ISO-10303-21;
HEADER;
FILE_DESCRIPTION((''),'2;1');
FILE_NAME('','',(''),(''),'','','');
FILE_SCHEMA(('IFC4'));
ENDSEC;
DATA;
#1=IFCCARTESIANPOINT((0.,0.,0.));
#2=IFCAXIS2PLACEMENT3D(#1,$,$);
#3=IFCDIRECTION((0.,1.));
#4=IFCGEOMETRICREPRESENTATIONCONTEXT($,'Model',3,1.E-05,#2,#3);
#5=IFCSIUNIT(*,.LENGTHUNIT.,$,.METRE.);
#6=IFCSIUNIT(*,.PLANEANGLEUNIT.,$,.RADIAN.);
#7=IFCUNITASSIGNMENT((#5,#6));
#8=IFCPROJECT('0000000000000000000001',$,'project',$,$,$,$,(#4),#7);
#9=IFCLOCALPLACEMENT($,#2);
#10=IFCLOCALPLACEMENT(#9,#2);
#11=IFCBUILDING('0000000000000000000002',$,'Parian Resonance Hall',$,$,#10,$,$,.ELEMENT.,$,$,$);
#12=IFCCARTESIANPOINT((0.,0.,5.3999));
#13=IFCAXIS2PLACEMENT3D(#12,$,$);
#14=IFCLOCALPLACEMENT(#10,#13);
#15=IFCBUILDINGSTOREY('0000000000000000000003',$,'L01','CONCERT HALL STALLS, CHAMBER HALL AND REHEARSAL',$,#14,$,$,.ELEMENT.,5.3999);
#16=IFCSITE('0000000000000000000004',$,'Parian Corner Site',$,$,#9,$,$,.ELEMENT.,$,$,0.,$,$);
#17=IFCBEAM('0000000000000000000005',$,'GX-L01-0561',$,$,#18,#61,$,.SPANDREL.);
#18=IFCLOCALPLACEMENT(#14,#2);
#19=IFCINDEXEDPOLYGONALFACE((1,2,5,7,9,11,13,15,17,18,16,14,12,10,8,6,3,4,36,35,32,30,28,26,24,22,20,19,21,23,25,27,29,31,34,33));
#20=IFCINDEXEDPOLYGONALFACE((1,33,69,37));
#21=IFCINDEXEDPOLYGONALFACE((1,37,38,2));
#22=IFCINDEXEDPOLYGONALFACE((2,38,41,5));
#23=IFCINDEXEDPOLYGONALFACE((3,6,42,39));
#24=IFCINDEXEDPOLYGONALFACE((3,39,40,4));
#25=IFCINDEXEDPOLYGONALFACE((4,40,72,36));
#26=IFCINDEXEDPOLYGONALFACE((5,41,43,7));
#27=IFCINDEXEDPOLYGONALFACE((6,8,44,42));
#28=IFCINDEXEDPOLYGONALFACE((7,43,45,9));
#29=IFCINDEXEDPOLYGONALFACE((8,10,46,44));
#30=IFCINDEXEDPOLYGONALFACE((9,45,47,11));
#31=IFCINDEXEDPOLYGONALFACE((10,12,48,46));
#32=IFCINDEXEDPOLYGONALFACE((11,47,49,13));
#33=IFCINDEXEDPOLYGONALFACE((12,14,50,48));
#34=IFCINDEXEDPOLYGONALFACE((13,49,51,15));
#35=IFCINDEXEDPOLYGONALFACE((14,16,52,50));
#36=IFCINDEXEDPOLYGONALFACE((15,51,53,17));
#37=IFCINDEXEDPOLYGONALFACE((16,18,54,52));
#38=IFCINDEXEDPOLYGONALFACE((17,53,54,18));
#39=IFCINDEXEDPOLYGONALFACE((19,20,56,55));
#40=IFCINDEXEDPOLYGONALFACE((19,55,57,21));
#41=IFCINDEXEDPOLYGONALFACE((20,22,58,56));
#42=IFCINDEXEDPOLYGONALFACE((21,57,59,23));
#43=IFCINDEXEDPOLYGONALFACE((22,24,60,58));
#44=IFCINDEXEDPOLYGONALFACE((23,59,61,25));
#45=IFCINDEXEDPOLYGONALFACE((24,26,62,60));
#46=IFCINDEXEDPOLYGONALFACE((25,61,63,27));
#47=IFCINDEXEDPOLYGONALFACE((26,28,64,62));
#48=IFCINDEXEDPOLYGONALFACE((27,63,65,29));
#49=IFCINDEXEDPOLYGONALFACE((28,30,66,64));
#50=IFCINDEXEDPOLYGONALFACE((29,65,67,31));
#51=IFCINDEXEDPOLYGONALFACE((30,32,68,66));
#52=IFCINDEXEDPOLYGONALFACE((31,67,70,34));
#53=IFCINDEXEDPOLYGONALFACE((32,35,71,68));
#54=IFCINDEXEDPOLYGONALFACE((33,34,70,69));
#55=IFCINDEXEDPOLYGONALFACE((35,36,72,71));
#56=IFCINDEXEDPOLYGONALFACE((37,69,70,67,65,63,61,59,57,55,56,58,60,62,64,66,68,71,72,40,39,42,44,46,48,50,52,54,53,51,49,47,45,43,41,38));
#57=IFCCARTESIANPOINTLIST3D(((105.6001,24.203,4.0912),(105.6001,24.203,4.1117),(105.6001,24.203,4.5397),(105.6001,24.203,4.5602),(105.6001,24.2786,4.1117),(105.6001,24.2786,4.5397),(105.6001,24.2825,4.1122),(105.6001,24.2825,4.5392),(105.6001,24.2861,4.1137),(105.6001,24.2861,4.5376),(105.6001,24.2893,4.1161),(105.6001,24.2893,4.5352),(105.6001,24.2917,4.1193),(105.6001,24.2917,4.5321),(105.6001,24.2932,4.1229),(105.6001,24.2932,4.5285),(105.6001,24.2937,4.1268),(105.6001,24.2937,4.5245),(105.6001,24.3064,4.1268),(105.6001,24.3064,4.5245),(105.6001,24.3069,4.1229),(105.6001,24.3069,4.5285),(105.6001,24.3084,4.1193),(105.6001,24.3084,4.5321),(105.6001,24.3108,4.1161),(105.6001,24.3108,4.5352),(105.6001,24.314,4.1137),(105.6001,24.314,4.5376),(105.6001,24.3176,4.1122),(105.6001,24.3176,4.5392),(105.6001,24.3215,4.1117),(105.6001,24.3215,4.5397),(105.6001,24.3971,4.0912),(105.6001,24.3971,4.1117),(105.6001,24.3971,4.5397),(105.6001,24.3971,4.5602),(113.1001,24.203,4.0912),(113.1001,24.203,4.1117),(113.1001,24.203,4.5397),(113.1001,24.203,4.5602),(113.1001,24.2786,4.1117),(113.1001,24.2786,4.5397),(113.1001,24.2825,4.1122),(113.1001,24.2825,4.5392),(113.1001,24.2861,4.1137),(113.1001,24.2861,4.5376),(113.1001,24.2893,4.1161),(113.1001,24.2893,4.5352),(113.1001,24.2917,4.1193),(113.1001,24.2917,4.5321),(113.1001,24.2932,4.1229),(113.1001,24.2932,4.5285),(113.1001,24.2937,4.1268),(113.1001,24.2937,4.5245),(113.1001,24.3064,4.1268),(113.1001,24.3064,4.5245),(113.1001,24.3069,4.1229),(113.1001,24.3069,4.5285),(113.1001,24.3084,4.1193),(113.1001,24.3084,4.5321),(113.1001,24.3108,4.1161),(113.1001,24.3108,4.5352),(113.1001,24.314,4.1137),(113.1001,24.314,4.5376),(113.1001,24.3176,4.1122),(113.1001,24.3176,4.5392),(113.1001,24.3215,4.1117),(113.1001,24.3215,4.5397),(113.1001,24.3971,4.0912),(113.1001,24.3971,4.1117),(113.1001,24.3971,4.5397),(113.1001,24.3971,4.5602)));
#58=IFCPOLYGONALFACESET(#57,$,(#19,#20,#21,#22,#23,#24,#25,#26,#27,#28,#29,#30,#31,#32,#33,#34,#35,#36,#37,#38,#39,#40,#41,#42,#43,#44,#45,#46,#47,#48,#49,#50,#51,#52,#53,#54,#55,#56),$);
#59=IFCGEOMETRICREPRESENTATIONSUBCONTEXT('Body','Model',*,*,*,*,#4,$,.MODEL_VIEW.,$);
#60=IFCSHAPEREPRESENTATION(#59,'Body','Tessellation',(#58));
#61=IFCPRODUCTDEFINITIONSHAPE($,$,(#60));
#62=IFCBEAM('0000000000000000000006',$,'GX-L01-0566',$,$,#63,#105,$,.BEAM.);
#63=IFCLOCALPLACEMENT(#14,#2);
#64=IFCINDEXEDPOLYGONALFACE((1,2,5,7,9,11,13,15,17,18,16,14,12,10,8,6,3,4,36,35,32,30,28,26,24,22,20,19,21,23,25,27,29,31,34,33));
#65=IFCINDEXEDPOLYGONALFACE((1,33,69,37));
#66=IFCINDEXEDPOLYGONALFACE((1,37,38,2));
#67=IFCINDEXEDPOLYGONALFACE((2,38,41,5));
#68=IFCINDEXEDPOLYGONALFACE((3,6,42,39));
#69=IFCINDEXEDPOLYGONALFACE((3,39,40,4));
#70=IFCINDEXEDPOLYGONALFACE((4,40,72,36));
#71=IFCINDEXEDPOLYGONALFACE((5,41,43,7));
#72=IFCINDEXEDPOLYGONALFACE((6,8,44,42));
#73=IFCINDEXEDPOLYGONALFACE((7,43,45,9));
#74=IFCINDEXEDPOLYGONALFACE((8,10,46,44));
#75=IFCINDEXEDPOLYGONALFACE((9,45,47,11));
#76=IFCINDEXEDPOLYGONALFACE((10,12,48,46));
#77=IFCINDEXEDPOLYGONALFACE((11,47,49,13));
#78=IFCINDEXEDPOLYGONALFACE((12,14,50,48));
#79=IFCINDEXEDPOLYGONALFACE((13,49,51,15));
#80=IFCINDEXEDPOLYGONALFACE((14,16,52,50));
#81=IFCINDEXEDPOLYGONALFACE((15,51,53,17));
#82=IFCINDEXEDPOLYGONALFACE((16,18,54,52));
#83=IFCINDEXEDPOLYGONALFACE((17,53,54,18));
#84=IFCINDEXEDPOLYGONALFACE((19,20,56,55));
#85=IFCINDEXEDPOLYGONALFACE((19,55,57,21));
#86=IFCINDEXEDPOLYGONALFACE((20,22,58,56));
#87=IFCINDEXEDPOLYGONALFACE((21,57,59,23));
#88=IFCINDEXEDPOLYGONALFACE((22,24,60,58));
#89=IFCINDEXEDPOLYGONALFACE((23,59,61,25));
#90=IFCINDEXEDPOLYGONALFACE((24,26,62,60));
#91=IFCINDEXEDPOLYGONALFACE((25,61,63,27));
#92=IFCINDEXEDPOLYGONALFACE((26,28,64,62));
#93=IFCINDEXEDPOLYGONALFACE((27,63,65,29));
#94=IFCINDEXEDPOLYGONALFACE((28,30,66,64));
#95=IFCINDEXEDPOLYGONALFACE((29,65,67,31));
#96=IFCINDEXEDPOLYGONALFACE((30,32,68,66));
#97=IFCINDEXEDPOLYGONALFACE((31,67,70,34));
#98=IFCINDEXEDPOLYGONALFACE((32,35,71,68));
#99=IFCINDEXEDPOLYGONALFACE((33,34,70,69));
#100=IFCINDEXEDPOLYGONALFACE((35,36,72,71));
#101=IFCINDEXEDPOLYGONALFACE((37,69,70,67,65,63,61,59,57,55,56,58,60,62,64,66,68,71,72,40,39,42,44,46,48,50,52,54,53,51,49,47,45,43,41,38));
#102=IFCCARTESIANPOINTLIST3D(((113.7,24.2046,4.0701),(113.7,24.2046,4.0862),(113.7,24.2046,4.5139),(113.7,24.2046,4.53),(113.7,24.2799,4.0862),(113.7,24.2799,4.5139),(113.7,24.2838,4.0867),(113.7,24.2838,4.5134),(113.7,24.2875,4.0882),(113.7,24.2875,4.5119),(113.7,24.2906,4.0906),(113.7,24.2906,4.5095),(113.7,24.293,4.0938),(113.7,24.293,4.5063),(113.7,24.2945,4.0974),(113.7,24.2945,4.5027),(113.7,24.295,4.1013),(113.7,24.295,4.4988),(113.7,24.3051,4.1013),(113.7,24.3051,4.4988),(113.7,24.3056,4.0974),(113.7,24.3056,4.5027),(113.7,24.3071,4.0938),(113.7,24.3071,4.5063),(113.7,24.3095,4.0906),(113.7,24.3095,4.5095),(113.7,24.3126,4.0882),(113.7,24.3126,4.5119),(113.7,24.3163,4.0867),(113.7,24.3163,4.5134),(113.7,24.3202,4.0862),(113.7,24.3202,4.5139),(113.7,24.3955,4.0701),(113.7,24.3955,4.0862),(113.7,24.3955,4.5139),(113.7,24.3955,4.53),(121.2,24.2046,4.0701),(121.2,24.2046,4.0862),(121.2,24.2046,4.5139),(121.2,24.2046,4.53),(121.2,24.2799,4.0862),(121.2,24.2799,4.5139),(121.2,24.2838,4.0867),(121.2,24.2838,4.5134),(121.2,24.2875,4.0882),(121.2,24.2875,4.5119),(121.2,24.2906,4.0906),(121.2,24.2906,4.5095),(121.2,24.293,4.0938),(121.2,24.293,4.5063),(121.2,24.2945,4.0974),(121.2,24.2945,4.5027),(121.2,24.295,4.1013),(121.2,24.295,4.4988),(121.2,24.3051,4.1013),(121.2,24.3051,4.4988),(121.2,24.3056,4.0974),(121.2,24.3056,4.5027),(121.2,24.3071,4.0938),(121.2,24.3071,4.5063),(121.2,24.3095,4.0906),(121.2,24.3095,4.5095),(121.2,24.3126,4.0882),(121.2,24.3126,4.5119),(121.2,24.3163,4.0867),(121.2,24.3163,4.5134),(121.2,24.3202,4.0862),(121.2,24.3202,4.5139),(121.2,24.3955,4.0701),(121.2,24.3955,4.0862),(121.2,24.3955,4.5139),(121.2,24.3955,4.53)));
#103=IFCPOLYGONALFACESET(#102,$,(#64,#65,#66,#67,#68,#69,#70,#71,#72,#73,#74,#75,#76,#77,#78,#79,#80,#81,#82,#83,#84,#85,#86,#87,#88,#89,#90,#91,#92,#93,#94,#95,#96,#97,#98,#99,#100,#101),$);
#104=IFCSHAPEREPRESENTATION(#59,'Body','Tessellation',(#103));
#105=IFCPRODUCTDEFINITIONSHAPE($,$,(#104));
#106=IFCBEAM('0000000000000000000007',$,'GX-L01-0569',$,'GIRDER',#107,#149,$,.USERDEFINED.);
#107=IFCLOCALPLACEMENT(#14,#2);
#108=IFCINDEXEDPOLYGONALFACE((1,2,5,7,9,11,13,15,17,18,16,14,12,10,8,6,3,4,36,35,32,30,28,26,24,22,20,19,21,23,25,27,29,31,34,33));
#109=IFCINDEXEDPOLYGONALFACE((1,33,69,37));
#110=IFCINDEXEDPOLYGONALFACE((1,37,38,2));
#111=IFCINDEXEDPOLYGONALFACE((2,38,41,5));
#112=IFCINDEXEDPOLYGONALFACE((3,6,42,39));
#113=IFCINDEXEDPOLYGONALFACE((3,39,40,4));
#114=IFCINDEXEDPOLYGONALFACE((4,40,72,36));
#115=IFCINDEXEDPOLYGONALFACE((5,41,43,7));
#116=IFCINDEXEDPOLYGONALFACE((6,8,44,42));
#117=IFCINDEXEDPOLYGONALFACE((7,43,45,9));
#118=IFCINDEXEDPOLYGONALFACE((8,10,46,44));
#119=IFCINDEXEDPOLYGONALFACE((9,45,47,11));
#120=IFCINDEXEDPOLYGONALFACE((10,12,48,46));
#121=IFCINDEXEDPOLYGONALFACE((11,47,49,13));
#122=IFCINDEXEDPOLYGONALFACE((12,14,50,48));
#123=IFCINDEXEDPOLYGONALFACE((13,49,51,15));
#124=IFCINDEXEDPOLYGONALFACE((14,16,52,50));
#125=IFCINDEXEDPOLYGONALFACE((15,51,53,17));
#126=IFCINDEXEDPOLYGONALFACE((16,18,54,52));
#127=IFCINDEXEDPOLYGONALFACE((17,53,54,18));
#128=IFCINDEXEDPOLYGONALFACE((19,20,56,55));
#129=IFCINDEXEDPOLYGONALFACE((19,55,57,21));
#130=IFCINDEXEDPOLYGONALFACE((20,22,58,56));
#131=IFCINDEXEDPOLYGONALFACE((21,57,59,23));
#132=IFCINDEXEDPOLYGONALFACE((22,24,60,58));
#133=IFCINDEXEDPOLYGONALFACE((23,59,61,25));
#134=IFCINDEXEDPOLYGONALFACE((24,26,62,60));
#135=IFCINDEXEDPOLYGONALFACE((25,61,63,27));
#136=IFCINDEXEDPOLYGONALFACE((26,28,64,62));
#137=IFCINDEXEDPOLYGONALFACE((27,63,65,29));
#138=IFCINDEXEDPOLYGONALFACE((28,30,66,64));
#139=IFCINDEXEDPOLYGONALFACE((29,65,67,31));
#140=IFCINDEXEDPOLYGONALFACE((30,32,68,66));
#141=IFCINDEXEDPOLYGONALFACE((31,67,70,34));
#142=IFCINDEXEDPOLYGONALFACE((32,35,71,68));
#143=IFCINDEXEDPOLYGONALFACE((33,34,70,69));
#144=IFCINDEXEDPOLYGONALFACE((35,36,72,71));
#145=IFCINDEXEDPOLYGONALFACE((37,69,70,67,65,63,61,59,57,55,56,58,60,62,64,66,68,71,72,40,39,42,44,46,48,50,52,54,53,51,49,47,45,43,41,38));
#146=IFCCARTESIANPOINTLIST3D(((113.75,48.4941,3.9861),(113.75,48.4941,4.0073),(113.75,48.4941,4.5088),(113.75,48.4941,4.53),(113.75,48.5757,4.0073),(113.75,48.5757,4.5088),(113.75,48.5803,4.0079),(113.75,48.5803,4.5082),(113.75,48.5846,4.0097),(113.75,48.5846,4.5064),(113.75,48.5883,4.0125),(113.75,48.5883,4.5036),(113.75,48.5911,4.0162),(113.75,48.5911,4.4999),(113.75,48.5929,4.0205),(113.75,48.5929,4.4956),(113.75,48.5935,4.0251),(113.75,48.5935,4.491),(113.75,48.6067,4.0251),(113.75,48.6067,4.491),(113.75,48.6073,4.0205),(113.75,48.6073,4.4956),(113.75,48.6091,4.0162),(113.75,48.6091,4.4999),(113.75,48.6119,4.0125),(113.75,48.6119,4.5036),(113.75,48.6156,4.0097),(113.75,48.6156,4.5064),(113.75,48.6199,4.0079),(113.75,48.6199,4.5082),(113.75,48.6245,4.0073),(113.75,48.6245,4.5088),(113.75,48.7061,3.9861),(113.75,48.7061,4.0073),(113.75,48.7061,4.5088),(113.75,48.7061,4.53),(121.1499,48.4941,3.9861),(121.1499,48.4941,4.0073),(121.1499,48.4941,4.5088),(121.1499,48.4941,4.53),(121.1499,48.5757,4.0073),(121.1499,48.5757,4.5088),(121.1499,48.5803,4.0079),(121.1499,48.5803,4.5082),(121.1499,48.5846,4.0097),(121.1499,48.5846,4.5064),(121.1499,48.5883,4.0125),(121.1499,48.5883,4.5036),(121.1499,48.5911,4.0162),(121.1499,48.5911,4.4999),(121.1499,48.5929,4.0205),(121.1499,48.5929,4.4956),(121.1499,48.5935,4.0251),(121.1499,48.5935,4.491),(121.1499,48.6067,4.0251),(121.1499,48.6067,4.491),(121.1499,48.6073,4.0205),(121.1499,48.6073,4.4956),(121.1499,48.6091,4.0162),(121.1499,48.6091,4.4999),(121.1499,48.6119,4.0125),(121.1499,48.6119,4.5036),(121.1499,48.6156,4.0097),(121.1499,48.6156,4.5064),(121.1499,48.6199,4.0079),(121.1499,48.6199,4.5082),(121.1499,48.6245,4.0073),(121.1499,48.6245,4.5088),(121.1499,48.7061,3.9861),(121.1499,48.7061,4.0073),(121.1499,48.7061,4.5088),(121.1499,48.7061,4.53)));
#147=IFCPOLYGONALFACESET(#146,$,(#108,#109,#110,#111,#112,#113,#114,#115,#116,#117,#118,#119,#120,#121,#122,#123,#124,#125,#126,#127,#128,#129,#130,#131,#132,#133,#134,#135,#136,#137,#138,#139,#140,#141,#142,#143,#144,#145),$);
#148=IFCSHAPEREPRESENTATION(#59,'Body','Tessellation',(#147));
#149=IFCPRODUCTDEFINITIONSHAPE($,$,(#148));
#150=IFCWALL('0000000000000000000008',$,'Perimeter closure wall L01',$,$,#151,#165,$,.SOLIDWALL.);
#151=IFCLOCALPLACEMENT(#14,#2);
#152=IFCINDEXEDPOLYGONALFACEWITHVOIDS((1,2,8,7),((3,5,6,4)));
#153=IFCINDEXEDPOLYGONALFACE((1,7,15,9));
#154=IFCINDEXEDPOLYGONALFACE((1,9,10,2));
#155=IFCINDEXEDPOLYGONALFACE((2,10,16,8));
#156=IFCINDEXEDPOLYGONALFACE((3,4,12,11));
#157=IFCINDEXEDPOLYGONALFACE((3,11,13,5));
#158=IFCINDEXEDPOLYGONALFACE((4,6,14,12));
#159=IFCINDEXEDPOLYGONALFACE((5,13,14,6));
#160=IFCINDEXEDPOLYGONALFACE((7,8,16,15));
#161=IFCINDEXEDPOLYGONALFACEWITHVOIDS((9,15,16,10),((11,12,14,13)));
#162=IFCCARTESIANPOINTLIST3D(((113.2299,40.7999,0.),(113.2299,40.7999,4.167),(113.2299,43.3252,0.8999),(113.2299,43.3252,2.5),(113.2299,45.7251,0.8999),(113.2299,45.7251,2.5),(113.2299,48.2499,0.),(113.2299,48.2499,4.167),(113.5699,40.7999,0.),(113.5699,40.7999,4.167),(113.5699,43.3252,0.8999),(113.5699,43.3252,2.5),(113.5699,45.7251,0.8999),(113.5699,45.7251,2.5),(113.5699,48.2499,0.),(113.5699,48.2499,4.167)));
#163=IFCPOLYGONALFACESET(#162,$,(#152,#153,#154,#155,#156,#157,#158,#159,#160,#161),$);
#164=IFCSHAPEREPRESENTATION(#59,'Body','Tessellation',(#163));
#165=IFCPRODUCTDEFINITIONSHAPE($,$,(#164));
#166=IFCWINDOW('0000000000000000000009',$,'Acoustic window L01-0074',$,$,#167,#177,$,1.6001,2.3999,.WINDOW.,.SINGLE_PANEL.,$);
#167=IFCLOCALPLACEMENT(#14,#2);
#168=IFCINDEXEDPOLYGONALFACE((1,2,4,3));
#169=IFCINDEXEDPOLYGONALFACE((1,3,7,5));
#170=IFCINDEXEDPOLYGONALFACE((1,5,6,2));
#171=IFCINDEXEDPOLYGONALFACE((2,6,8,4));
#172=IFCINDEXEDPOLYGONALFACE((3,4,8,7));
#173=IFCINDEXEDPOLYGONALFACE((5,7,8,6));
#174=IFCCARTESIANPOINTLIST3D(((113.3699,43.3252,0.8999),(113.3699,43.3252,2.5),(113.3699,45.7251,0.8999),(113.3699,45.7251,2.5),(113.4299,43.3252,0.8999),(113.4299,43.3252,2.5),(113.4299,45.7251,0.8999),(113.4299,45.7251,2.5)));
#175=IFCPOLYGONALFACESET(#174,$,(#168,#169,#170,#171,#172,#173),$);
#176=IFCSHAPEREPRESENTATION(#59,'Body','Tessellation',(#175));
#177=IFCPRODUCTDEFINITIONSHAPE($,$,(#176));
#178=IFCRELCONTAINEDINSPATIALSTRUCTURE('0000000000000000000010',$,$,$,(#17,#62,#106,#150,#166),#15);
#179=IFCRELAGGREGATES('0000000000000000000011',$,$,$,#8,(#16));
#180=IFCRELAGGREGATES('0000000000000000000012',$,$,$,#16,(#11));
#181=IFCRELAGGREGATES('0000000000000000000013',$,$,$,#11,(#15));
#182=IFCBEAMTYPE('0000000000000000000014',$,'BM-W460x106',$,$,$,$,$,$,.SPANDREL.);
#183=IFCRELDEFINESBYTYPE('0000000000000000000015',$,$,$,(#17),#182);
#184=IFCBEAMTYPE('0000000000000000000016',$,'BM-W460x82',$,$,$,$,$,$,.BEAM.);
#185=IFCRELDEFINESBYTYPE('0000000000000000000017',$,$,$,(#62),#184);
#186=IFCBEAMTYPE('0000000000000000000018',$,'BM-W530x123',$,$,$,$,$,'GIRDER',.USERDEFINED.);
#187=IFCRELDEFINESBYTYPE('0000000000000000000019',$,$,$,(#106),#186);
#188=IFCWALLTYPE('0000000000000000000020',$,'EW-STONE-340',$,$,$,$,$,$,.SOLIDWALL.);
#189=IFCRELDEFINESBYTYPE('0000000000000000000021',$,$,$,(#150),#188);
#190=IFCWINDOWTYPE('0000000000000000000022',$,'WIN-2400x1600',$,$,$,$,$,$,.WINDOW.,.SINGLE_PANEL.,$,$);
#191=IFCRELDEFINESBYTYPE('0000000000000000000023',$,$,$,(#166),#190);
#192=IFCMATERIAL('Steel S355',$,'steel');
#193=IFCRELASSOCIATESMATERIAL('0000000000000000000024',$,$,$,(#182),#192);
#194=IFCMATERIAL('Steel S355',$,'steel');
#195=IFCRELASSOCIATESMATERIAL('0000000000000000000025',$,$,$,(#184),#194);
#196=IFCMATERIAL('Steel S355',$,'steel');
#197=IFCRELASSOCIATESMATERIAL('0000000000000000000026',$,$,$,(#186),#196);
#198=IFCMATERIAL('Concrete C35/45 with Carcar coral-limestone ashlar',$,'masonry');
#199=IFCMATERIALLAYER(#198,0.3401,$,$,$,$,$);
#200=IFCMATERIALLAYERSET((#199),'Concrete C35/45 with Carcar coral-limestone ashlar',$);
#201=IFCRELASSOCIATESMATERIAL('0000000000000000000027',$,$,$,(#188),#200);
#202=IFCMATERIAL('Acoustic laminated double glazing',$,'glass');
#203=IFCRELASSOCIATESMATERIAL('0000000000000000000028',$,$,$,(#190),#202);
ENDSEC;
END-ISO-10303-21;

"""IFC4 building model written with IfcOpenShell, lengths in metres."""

from ifc_helpers import new_model, si_unit, direction, frame, frame_2d, origin, origin_2d, place, context, subcontext, project, spatial, rectangle, i_section, extrude, material, layer, layer_set, material_profile, profile_set, type_object, element, fill, save


model = new_model("IFC4")

# Units and contexts
model_context = context("Model", 3, precision=1e-05, world=origin(), true_north=direction((0.0, 1.0)))
body_context = subcontext(model_context, "Body", "Model", "MODEL_VIEW")
ifc_project = project(units=[si_unit("LENGTHUNIT", "METRE"), si_unit("PLANEANGLEUNIT", "RADIAN")], contexts=[model_context])

# Site, building, storey
site_placement = place(None, origin())
site = spatial("IfcSite", under=ifc_project, at=site_placement, Name="Parian Corner Site", CompositionType="ELEMENT", RefElevation=0.0)
building_placement = place(site_placement, origin())
building = spatial("IfcBuilding", under=site, at=building_placement, Name="Parian Resonance Hall", CompositionType="ELEMENT")
storey_placement = place(building_placement, frame((0.0, 0.0, 5.3999)))
storey = spatial("IfcBuildingStorey", under=building, at=storey_placement, Name="L01", Description="CONCERT HALL STALLS, CHAMBER HALL AND REHEARSAL", CompositionType="ELEMENT", Elevation=5.3999)

# Beams
ifc_material_1 = material(Name="Steel S355", Category="steel")
ifc_material_profile_1 = material_profile(ifc_material_1, i_section(OverallWidth=0.1941, OverallDepth=0.469, WebThickness=0.0127, FlangeThickness=0.0205, FilletRadius=0.0151, at=origin_2d()), Name="W460x106")
ifc_profile_set_1 = profile_set([ifc_material_profile_1], Name="Steel S355")
beam_type_1 = type_object("IfcBeamType", Name="BM-W460x106", PredefinedType="SPANDREL", material=ifc_profile_set_1)
beam_1_placement = place(storey_placement, frame((105.6001, 24.3, 4.3257), z_axis=(1.0, 0.0, 0.0), x_axis=(0.0, 1.0, 0.0)))
element("IfcBeam", 1, at=beam_1_placement, inside=storey, type_object=beam_type_1, Name="GX-L01-0561", PredefinedType="SPANDREL", context=body_context, shape_type="SweptSolid", body=[
    extrude(i_section(OverallWidth=0.1941, OverallDepth=0.469, WebThickness=0.0127, FlangeThickness=0.0205, FilletRadius=0.0151, at=origin_2d()), origin(), (0.0, 0.0, 1.0), 7.5),
])
ifc_material_2 = material(Name="Steel S355", Category="steel")
ifc_material_profile_2 = material_profile(ifc_material_2, i_section(OverallWidth=0.1909, OverallDepth=0.46, WebThickness=0.01, FlangeThickness=0.0161, FilletRadius=0.0151, at=origin_2d()), Name="W460x82")
ifc_profile_set_2 = profile_set([ifc_material_profile_2], Name="Steel S355")
beam_type_2 = type_object("IfcBeamType", Name="BM-W460x82", PredefinedType="BEAM", material=ifc_profile_set_2)
beam_2_placement = place(storey_placement, frame((113.7, 24.3, 4.3), z_axis=(1.0, 0.0, 0.0), x_axis=(0.0, 1.0, 0.0)))
element("IfcBeam", 2, at=beam_2_placement, inside=storey, type_object=beam_type_2, Name="GX-L01-0566", PredefinedType="BEAM", context=body_context, shape_type="SweptSolid", body=[
    extrude(i_section(OverallWidth=0.1909, OverallDepth=0.46, WebThickness=0.01, FlangeThickness=0.0161, FilletRadius=0.0151, at=origin_2d()), origin(), (0.0, 0.0, 1.0), 7.5),
])
ifc_material_3 = material(Name="Steel S355", Category="steel")
ifc_material_profile_3 = material_profile(ifc_material_3, i_section(OverallWidth=0.2119, OverallDepth=0.5439, WebThickness=0.0132, FlangeThickness=0.0212, FilletRadius=0.0178, at=origin_2d()), Name="W530x123")
ifc_profile_set_3 = profile_set([ifc_material_profile_3], Name="Steel S355")
beam_type_3 = type_object("IfcBeamType", Name="BM-W530x123", ElementType="GIRDER", PredefinedType="USERDEFINED", material=ifc_profile_set_3)
beam_3_placement = place(storey_placement, frame((113.75, 48.6001, 4.2581), z_axis=(1.0, 0.0, 0.0), x_axis=(0.0, 1.0, 0.0)))
element("IfcBeam", 3, at=beam_3_placement, inside=storey, type_object=beam_type_3, Name="GX-L01-0569", ObjectType="GIRDER", PredefinedType="USERDEFINED", context=body_context, shape_type="SweptSolid", body=[
    extrude(i_section(OverallWidth=0.2119, OverallDepth=0.5439, WebThickness=0.0132, FlangeThickness=0.0212, FilletRadius=0.0178, at=origin_2d()), origin(), (0.0, 0.0, 1.0), 7.3999),
])

# Wall, opening, window
ifc_material_4 = material(Name="Concrete C35/45 with Carcar coral-limestone ashlar", Category="masonry")
ifc_layer_1 = layer(ifc_material_4, 0.3401)
ifc_layer_set_1 = layer_set([ifc_layer_1], Name="Concrete C35/45 with Carcar coral-limestone ashlar")
wall_type_1 = type_object("IfcWallType", Name="EW-STONE-340", PredefinedType="SOLIDWALL", material=ifc_layer_set_1)
wall_1_placement = place(storey_placement, frame((113.3999, 48.25, 0.0), z_axis=(0.0, 0.0, 1.0), x_axis=(0.0, -1.0, 0.0)))
wall_1 = element("IfcWall", 4, at=wall_1_placement, inside=storey, type_object=wall_type_1, Name="Perimeter closure wall L01", PredefinedType="SOLIDWALL", context=body_context, shape_type="SweptSolid", body=[
    extrude(rectangle(XDim=7.45, YDim=0.3401, at=frame_2d((3.7251, 0.0))), origin(), (0.0, 0.0, 1.0), 4.167),
])
opening_1_placement = place(wall_1_placement, frame((2.5249, 0.0, 0.8999)))
opening_1 = element("IfcOpeningElement", 5, at=opening_1_placement, cuts=wall_1, PredefinedType="OPENING", context=body_context, shape_type="SweptSolid", body=[
    extrude(rectangle(XDim=2.3999, YDim=1.6001, at=frame_2d((1.2, 0.8))), frame((0.0, 0.1799, 0.0), z_axis=(0.0, -1.0, 0.0), x_axis=(1.0, 0.0, 0.0)), (0.0, 0.0, 1.0), 0.3601),
])
ifc_material_5 = material(Name="Acoustic laminated double glazing", Category="glass")
window_type_1 = type_object("IfcWindowType", Name="WIN-2400x1600", PartitioningType="SINGLE_PANEL", PredefinedType="WINDOW", material=ifc_material_5)
window_1_placement = place(opening_1_placement, origin())
window_1 = element("IfcWindow", 6, at=window_1_placement, inside=storey, type_object=window_type_1, Name="Acoustic window L01-0074", OverallHeight=1.6001, OverallWidth=2.3999, PartitioningType="SINGLE_PANEL", PredefinedType="WINDOW", context=body_context, shape_type="SweptSolid", body=[
    extrude(rectangle(XDim=2.3999, YDim=1.6001, at=frame_2d((1.2, 0.8))), frame((0.0, 0.03, 0.0), z_axis=(0.0, -1.0, 0.0), x_axis=(1.0, 0.0, 0.0)), (0.0, 0.0, 1.0), 0.0601),
])
fill(opening_1, window_1)

save(model, "model.ifc")
